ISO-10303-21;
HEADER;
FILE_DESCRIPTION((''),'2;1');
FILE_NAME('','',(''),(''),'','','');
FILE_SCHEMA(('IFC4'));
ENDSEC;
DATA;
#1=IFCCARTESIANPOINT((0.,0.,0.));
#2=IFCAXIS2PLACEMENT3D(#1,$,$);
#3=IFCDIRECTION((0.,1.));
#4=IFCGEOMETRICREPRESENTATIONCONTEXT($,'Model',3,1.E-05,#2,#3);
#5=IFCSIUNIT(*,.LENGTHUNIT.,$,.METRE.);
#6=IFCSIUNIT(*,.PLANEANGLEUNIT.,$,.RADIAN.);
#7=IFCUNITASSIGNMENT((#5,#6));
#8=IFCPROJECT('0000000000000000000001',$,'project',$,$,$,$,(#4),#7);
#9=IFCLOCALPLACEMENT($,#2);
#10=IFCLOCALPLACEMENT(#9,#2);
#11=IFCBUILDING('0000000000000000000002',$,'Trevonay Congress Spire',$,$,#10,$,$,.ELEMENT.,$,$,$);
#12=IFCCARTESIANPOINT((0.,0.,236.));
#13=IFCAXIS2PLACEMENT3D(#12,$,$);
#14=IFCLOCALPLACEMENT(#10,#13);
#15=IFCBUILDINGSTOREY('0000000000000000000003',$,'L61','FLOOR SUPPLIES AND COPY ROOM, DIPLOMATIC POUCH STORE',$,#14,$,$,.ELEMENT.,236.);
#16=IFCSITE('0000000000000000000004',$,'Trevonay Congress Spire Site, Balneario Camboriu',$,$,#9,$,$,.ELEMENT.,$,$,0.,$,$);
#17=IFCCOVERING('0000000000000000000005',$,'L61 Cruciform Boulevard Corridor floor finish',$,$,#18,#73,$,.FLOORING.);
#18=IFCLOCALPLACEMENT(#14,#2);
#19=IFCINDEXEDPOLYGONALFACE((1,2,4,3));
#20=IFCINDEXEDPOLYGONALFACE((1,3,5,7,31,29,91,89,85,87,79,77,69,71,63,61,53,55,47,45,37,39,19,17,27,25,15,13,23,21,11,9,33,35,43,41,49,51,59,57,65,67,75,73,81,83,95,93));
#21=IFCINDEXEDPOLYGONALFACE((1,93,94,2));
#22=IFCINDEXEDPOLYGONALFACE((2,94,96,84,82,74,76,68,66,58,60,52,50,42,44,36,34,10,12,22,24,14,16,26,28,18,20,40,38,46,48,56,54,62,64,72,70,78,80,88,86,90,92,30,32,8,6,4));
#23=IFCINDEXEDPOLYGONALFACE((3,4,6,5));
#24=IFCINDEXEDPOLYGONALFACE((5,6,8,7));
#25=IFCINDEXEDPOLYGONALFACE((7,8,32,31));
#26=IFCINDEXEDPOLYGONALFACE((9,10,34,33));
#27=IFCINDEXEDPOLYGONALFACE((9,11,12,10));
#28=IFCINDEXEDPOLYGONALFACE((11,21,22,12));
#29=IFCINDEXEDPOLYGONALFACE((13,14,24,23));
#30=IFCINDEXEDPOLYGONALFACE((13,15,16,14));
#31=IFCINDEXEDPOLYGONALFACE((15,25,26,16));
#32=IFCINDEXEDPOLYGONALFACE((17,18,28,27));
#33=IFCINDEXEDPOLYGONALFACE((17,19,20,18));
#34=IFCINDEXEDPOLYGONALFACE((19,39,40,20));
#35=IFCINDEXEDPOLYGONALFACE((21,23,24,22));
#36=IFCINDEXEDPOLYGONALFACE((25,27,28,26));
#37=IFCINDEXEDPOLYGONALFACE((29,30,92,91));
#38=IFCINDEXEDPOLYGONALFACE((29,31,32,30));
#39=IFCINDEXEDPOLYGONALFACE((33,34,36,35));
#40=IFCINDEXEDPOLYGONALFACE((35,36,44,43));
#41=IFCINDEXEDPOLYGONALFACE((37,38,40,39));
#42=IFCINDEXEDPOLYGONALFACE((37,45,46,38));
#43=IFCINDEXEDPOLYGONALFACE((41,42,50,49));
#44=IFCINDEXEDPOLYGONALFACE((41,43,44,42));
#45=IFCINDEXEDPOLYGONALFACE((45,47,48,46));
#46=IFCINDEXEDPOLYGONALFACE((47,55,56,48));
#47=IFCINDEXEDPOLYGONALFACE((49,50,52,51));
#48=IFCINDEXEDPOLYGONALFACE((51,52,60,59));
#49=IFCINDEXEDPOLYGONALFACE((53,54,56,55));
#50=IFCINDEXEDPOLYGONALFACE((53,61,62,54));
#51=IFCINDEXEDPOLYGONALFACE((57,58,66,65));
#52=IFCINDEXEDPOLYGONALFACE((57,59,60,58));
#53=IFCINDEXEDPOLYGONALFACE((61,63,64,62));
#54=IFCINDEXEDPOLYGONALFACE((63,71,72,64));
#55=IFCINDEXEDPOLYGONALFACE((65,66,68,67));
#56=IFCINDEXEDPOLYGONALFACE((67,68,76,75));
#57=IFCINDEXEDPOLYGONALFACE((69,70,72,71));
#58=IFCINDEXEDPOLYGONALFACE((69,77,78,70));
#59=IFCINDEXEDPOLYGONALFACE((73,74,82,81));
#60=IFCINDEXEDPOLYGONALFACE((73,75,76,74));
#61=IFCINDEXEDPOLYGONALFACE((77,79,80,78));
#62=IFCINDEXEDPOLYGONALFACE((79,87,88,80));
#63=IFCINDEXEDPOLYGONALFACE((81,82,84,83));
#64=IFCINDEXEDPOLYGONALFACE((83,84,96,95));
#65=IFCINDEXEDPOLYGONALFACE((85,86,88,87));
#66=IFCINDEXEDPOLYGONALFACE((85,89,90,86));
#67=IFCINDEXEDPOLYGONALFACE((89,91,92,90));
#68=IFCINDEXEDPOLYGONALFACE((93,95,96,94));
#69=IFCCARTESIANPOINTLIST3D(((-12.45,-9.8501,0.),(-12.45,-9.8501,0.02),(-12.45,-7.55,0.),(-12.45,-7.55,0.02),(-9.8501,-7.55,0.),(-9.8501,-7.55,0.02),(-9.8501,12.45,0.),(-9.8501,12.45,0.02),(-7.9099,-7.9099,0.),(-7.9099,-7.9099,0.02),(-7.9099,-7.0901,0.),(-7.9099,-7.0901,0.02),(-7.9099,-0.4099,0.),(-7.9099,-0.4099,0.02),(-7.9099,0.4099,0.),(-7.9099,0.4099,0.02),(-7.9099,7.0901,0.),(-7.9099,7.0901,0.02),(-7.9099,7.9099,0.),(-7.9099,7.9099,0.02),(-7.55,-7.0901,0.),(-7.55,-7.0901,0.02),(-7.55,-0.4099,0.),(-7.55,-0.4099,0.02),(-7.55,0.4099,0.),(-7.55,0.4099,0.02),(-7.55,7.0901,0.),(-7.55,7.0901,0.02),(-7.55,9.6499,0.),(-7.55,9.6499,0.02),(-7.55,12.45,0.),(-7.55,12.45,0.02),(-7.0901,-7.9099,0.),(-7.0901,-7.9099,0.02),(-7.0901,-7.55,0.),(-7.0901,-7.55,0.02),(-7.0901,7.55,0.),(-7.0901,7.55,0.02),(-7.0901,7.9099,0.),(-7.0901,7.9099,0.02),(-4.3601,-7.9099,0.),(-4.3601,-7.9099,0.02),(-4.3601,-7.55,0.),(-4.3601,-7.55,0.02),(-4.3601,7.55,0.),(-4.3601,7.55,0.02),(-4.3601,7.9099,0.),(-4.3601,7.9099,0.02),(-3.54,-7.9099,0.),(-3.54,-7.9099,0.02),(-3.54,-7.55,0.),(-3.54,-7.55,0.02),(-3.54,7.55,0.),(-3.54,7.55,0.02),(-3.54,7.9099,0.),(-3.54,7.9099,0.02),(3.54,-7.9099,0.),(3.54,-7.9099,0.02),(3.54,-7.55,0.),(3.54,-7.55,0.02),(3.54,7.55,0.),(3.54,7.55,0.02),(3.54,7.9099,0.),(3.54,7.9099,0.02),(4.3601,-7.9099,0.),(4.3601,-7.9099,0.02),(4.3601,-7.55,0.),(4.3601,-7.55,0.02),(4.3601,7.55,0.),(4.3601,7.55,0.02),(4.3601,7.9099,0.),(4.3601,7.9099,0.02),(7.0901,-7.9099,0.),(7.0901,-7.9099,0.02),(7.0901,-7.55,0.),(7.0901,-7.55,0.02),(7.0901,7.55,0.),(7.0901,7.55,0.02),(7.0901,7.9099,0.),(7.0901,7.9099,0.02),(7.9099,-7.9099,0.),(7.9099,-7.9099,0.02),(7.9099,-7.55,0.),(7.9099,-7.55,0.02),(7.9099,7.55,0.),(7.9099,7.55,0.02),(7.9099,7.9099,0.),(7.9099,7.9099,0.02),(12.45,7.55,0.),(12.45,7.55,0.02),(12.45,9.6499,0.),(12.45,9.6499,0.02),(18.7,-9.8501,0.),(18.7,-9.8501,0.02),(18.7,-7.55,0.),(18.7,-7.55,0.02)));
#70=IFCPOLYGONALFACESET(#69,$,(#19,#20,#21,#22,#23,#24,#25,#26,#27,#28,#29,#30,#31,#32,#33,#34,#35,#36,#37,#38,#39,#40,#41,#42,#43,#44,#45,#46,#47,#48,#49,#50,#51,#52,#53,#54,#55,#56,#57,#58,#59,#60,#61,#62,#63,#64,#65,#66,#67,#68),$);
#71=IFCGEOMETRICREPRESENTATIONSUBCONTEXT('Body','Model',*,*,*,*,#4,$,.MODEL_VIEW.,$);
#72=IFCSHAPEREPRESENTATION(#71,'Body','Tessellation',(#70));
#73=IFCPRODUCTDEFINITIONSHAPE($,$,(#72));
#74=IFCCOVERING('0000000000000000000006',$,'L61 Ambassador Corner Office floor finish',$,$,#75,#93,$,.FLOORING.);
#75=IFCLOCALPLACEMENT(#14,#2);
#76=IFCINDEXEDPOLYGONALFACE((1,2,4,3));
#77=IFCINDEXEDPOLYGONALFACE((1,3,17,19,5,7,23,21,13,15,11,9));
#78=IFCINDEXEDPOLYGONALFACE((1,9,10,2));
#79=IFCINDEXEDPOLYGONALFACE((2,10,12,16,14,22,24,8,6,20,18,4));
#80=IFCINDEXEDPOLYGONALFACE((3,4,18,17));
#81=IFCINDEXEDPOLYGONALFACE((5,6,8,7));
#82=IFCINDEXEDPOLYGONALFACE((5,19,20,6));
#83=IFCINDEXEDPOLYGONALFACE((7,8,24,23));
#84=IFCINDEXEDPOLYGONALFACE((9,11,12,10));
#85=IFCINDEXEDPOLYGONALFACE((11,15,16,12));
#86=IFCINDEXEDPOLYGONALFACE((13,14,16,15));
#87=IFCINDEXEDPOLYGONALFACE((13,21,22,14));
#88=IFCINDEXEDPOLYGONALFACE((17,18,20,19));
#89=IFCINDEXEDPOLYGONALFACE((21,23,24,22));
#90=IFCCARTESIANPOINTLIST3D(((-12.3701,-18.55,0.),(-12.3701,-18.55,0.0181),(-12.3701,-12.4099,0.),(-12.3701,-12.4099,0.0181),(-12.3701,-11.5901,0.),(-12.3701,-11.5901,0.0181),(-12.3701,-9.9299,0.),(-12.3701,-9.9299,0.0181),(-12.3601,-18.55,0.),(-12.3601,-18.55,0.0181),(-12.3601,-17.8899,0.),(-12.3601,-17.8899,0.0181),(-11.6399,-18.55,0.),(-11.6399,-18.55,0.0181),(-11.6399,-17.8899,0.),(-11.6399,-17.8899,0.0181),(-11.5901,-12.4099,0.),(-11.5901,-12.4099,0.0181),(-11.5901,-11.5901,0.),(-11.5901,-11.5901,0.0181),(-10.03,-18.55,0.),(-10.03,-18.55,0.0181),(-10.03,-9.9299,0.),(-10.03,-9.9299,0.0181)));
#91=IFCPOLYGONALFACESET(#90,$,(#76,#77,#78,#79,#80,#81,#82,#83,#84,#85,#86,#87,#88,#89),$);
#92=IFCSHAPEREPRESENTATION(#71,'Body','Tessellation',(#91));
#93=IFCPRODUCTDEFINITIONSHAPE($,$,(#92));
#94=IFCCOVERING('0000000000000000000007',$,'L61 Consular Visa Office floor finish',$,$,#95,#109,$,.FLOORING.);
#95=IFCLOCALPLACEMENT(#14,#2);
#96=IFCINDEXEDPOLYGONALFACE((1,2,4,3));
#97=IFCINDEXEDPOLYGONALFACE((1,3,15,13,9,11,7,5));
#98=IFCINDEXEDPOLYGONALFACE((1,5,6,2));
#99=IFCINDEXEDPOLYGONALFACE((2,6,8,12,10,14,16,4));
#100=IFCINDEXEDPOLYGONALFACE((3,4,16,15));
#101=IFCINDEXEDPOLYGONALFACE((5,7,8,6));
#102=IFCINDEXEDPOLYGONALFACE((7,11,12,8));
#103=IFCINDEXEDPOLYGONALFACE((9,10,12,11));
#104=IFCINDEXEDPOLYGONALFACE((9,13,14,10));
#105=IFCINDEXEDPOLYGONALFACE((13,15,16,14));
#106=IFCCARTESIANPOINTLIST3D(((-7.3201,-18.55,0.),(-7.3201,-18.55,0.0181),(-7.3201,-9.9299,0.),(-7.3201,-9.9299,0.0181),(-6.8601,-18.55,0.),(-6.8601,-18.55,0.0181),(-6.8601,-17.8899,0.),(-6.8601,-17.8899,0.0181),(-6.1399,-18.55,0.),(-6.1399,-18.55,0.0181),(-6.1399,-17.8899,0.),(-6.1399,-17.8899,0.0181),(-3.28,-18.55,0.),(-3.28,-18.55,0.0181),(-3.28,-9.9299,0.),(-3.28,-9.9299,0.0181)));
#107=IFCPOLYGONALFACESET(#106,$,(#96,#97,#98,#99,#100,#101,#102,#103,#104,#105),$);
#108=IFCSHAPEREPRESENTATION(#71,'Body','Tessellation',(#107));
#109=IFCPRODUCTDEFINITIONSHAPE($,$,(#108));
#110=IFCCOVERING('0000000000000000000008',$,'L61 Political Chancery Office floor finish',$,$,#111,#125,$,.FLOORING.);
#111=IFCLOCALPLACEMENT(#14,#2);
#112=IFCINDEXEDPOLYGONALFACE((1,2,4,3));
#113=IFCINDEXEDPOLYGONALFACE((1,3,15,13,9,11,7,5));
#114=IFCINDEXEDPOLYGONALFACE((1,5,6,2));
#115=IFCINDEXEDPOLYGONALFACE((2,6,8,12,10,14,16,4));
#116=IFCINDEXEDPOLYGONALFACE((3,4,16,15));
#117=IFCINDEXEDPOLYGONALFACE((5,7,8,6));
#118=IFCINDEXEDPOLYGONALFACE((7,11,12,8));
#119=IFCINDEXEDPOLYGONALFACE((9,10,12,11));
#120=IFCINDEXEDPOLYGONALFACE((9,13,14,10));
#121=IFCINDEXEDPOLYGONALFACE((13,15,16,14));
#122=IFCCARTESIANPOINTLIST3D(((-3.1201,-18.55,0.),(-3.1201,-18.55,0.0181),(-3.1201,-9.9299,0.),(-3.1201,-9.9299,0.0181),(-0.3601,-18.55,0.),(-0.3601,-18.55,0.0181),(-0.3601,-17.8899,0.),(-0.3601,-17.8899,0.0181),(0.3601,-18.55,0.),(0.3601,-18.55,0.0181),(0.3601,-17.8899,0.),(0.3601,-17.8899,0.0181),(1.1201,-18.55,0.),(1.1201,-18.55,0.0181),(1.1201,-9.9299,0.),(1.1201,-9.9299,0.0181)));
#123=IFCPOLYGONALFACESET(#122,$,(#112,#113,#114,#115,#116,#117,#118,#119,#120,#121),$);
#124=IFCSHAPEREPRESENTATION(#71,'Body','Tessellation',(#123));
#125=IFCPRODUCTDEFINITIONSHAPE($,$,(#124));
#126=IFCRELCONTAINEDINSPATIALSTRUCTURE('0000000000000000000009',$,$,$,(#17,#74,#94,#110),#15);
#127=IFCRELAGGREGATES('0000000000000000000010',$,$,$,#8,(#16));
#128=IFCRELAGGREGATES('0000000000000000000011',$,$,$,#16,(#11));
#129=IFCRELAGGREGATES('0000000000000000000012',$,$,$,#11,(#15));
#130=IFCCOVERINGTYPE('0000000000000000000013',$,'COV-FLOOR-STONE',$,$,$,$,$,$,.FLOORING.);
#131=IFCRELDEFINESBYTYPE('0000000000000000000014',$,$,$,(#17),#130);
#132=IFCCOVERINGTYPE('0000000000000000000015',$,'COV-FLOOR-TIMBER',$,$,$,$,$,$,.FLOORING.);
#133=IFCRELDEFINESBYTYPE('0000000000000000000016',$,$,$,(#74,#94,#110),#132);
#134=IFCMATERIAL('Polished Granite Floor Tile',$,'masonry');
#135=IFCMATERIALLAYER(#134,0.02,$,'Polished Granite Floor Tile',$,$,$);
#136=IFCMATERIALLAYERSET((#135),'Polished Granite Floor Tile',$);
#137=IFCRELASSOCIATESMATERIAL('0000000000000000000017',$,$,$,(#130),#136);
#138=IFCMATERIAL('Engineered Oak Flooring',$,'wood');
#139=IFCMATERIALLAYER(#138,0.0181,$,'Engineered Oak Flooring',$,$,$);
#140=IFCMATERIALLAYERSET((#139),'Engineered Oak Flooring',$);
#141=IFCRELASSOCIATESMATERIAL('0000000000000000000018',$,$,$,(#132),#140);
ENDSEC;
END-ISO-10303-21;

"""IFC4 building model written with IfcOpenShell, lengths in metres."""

from ifc_helpers import new_model, si_unit, direction, frame, origin, place, context, subcontext, project, spatial, polyline, outline, extrude, material, layer, layer_set, type_object, element, save


model = new_model("IFC4")

# Units and contexts
model_context = context("Model", 3, precision=1e-05, world=origin(), true_north=direction((0.0, 1.0)))
body_context = subcontext(model_context, "Body", "Model", "MODEL_VIEW")
ifc_project = project(units=[si_unit("LENGTHUNIT", "METRE"), si_unit("PLANEANGLEUNIT", "RADIAN")], contexts=[model_context])

# Site, building, storey
site_placement = place(None, origin())
site = spatial("IfcSite", under=ifc_project, at=site_placement, Name="Trevonay Congress Spire Site, Balneario Camboriu", CompositionType="ELEMENT", RefElevation=0.0)
building_placement = place(site_placement, origin())
building = spatial("IfcBuilding", under=site, at=building_placement, Name="Trevonay Congress Spire", CompositionType="ELEMENT")
storey_placement = place(building_placement, frame((0.0, 0.0, 236.0)))
storey = spatial("IfcBuildingStorey", under=building, at=storey_placement, Name="L61", Description="FLOOR SUPPLIES AND COPY ROOM, DIPLOMATIC POUCH STORE", CompositionType="ELEMENT", Elevation=236.0)

# Coverings
ifc_material_1 = material(Name="Polished Granite Floor Tile", Category="masonry")
ifc_layer_1 = layer(ifc_material_1, 0.02, Name="Polished Granite Floor Tile")
ifc_layer_set_1 = layer_set([ifc_layer_1], Name="Polished Granite Floor Tile")
covering_type_1 = type_object("IfcCoveringType", Name="COV-FLOOR-STONE", PredefinedType="FLOORING", material=ifc_layer_set_1)
covering_1_placement = place(storey_placement, origin())
element("IfcCovering", 1, at=covering_1_placement, inside=storey, type_object=covering_type_1, Name="L61 Cruciform Boulevard Corridor floor finish", PredefinedType="FLOORING", context=body_context, shape_type="SweptSolid", body=[
    extrude(outline(polyline([(18.7, -7.55), (18.7, -9.8501), (-12.45, -9.8501), (-12.45, -7.55), (-9.8501, -7.55), (-9.8501, 12.45), (-7.55, 12.45), (-7.55, 9.6499), (12.45, 9.6499), (12.45, 7.55), (7.9099, 7.55), (7.9099, 7.9099), (7.0901, 7.9099), (7.0901, 7.55), (4.3601, 7.55), (4.3601, 7.9099), (3.54, 7.9099), (3.54, 7.55), (-3.54, 7.55), (-3.54, 7.9099), (-4.3601, 7.9099), (-4.3601, 7.55), (-7.0901, 7.55), (-7.0901, 7.9099), (-7.9099, 7.9099), (-7.9099, 7.0901), (-7.55, 7.0901), (-7.55, 0.4099), (-7.9099, 0.4099), (-7.9099, -0.4099), (-7.55, -0.4099), (-7.55, -7.0901), (-7.9099, -7.0901), (-7.9099, -7.9099), (-7.0901, -7.9099), (-7.0901, -7.55), (-4.3601, -7.55), (-4.3601, -7.9099), (-3.54, -7.9099), (-3.54, -7.55), (3.54, -7.55), (3.54, -7.9099), (4.3601, -7.9099), (4.3601, -7.55), (7.0901, -7.55), (7.0901, -7.9099), (7.9099, -7.9099), (7.9099, -7.55), (18.7, -7.55)])), origin(), (0.0, 0.0, 1.0), 0.02),
])
ifc_material_2 = material(Name="Engineered Oak Flooring", Category="wood")
ifc_layer_2 = layer(ifc_material_2, 0.0181, Name="Engineered Oak Flooring")
ifc_layer_set_2 = layer_set([ifc_layer_2], Name="Engineered Oak Flooring")
covering_type_2 = type_object("IfcCoveringType", Name="COV-FLOOR-TIMBER", PredefinedType="FLOORING", material=ifc_layer_set_2)
covering_2_placement = place(storey_placement, origin())
element("IfcCovering", 2, at=covering_2_placement, inside=storey, type_object=covering_type_2, Name="L61 Ambassador Corner Office floor finish", PredefinedType="FLOORING", context=body_context, shape_type="SweptSolid", body=[
    extrude(outline(polyline([(-12.3701, -18.55), (-12.3701, -12.4099), (-11.5901, -12.4099), (-11.5901, -11.5901), (-12.3701, -11.5901), (-12.3701, -9.9299), (-10.03, -9.9299), (-10.03, -18.55), (-11.6399, -18.55), (-11.6399, -17.8899), (-12.3601, -17.8899), (-12.3601, -18.55), (-12.3701, -18.55)])), origin(), (0.0, 0.0, 1.0), 0.0181),
])
covering_3_placement = place(storey_placement, origin())
element("IfcCovering", 3, at=covering_3_placement, inside=storey, type_object=covering_type_2, Name="L61 Consular Visa Office floor finish", PredefinedType="FLOORING", context=body_context, shape_type="SweptSolid", body=[
    extrude(outline(polyline([(-7.3201, -18.55), (-7.3201, -9.9299), (-3.28, -9.9299), (-3.28, -18.55), (-6.1399, -18.55), (-6.1399, -17.8899), (-6.8601, -17.8899), (-6.8601, -18.55), (-7.3201, -18.55)])), origin(), (0.0, 0.0, 1.0), 0.0181),
])
covering_4_placement = place(storey_placement, origin())
element("IfcCovering", 4, at=covering_4_placement, inside=storey, type_object=covering_type_2, Name="L61 Political Chancery Office floor finish", PredefinedType="FLOORING", context=body_context, shape_type="SweptSolid", body=[
    extrude(outline(polyline([(-3.1201, -18.55), (-3.1201, -9.9299), (1.1201, -9.9299), (1.1201, -18.55), (0.3601, -18.55), (0.3601, -17.8899), (-0.3601, -17.8899), (-0.3601, -18.55), (-3.1201, -18.55)])), origin(), (0.0, 0.0, 1.0), 0.0181),
])

save(model, "model.ifc")
